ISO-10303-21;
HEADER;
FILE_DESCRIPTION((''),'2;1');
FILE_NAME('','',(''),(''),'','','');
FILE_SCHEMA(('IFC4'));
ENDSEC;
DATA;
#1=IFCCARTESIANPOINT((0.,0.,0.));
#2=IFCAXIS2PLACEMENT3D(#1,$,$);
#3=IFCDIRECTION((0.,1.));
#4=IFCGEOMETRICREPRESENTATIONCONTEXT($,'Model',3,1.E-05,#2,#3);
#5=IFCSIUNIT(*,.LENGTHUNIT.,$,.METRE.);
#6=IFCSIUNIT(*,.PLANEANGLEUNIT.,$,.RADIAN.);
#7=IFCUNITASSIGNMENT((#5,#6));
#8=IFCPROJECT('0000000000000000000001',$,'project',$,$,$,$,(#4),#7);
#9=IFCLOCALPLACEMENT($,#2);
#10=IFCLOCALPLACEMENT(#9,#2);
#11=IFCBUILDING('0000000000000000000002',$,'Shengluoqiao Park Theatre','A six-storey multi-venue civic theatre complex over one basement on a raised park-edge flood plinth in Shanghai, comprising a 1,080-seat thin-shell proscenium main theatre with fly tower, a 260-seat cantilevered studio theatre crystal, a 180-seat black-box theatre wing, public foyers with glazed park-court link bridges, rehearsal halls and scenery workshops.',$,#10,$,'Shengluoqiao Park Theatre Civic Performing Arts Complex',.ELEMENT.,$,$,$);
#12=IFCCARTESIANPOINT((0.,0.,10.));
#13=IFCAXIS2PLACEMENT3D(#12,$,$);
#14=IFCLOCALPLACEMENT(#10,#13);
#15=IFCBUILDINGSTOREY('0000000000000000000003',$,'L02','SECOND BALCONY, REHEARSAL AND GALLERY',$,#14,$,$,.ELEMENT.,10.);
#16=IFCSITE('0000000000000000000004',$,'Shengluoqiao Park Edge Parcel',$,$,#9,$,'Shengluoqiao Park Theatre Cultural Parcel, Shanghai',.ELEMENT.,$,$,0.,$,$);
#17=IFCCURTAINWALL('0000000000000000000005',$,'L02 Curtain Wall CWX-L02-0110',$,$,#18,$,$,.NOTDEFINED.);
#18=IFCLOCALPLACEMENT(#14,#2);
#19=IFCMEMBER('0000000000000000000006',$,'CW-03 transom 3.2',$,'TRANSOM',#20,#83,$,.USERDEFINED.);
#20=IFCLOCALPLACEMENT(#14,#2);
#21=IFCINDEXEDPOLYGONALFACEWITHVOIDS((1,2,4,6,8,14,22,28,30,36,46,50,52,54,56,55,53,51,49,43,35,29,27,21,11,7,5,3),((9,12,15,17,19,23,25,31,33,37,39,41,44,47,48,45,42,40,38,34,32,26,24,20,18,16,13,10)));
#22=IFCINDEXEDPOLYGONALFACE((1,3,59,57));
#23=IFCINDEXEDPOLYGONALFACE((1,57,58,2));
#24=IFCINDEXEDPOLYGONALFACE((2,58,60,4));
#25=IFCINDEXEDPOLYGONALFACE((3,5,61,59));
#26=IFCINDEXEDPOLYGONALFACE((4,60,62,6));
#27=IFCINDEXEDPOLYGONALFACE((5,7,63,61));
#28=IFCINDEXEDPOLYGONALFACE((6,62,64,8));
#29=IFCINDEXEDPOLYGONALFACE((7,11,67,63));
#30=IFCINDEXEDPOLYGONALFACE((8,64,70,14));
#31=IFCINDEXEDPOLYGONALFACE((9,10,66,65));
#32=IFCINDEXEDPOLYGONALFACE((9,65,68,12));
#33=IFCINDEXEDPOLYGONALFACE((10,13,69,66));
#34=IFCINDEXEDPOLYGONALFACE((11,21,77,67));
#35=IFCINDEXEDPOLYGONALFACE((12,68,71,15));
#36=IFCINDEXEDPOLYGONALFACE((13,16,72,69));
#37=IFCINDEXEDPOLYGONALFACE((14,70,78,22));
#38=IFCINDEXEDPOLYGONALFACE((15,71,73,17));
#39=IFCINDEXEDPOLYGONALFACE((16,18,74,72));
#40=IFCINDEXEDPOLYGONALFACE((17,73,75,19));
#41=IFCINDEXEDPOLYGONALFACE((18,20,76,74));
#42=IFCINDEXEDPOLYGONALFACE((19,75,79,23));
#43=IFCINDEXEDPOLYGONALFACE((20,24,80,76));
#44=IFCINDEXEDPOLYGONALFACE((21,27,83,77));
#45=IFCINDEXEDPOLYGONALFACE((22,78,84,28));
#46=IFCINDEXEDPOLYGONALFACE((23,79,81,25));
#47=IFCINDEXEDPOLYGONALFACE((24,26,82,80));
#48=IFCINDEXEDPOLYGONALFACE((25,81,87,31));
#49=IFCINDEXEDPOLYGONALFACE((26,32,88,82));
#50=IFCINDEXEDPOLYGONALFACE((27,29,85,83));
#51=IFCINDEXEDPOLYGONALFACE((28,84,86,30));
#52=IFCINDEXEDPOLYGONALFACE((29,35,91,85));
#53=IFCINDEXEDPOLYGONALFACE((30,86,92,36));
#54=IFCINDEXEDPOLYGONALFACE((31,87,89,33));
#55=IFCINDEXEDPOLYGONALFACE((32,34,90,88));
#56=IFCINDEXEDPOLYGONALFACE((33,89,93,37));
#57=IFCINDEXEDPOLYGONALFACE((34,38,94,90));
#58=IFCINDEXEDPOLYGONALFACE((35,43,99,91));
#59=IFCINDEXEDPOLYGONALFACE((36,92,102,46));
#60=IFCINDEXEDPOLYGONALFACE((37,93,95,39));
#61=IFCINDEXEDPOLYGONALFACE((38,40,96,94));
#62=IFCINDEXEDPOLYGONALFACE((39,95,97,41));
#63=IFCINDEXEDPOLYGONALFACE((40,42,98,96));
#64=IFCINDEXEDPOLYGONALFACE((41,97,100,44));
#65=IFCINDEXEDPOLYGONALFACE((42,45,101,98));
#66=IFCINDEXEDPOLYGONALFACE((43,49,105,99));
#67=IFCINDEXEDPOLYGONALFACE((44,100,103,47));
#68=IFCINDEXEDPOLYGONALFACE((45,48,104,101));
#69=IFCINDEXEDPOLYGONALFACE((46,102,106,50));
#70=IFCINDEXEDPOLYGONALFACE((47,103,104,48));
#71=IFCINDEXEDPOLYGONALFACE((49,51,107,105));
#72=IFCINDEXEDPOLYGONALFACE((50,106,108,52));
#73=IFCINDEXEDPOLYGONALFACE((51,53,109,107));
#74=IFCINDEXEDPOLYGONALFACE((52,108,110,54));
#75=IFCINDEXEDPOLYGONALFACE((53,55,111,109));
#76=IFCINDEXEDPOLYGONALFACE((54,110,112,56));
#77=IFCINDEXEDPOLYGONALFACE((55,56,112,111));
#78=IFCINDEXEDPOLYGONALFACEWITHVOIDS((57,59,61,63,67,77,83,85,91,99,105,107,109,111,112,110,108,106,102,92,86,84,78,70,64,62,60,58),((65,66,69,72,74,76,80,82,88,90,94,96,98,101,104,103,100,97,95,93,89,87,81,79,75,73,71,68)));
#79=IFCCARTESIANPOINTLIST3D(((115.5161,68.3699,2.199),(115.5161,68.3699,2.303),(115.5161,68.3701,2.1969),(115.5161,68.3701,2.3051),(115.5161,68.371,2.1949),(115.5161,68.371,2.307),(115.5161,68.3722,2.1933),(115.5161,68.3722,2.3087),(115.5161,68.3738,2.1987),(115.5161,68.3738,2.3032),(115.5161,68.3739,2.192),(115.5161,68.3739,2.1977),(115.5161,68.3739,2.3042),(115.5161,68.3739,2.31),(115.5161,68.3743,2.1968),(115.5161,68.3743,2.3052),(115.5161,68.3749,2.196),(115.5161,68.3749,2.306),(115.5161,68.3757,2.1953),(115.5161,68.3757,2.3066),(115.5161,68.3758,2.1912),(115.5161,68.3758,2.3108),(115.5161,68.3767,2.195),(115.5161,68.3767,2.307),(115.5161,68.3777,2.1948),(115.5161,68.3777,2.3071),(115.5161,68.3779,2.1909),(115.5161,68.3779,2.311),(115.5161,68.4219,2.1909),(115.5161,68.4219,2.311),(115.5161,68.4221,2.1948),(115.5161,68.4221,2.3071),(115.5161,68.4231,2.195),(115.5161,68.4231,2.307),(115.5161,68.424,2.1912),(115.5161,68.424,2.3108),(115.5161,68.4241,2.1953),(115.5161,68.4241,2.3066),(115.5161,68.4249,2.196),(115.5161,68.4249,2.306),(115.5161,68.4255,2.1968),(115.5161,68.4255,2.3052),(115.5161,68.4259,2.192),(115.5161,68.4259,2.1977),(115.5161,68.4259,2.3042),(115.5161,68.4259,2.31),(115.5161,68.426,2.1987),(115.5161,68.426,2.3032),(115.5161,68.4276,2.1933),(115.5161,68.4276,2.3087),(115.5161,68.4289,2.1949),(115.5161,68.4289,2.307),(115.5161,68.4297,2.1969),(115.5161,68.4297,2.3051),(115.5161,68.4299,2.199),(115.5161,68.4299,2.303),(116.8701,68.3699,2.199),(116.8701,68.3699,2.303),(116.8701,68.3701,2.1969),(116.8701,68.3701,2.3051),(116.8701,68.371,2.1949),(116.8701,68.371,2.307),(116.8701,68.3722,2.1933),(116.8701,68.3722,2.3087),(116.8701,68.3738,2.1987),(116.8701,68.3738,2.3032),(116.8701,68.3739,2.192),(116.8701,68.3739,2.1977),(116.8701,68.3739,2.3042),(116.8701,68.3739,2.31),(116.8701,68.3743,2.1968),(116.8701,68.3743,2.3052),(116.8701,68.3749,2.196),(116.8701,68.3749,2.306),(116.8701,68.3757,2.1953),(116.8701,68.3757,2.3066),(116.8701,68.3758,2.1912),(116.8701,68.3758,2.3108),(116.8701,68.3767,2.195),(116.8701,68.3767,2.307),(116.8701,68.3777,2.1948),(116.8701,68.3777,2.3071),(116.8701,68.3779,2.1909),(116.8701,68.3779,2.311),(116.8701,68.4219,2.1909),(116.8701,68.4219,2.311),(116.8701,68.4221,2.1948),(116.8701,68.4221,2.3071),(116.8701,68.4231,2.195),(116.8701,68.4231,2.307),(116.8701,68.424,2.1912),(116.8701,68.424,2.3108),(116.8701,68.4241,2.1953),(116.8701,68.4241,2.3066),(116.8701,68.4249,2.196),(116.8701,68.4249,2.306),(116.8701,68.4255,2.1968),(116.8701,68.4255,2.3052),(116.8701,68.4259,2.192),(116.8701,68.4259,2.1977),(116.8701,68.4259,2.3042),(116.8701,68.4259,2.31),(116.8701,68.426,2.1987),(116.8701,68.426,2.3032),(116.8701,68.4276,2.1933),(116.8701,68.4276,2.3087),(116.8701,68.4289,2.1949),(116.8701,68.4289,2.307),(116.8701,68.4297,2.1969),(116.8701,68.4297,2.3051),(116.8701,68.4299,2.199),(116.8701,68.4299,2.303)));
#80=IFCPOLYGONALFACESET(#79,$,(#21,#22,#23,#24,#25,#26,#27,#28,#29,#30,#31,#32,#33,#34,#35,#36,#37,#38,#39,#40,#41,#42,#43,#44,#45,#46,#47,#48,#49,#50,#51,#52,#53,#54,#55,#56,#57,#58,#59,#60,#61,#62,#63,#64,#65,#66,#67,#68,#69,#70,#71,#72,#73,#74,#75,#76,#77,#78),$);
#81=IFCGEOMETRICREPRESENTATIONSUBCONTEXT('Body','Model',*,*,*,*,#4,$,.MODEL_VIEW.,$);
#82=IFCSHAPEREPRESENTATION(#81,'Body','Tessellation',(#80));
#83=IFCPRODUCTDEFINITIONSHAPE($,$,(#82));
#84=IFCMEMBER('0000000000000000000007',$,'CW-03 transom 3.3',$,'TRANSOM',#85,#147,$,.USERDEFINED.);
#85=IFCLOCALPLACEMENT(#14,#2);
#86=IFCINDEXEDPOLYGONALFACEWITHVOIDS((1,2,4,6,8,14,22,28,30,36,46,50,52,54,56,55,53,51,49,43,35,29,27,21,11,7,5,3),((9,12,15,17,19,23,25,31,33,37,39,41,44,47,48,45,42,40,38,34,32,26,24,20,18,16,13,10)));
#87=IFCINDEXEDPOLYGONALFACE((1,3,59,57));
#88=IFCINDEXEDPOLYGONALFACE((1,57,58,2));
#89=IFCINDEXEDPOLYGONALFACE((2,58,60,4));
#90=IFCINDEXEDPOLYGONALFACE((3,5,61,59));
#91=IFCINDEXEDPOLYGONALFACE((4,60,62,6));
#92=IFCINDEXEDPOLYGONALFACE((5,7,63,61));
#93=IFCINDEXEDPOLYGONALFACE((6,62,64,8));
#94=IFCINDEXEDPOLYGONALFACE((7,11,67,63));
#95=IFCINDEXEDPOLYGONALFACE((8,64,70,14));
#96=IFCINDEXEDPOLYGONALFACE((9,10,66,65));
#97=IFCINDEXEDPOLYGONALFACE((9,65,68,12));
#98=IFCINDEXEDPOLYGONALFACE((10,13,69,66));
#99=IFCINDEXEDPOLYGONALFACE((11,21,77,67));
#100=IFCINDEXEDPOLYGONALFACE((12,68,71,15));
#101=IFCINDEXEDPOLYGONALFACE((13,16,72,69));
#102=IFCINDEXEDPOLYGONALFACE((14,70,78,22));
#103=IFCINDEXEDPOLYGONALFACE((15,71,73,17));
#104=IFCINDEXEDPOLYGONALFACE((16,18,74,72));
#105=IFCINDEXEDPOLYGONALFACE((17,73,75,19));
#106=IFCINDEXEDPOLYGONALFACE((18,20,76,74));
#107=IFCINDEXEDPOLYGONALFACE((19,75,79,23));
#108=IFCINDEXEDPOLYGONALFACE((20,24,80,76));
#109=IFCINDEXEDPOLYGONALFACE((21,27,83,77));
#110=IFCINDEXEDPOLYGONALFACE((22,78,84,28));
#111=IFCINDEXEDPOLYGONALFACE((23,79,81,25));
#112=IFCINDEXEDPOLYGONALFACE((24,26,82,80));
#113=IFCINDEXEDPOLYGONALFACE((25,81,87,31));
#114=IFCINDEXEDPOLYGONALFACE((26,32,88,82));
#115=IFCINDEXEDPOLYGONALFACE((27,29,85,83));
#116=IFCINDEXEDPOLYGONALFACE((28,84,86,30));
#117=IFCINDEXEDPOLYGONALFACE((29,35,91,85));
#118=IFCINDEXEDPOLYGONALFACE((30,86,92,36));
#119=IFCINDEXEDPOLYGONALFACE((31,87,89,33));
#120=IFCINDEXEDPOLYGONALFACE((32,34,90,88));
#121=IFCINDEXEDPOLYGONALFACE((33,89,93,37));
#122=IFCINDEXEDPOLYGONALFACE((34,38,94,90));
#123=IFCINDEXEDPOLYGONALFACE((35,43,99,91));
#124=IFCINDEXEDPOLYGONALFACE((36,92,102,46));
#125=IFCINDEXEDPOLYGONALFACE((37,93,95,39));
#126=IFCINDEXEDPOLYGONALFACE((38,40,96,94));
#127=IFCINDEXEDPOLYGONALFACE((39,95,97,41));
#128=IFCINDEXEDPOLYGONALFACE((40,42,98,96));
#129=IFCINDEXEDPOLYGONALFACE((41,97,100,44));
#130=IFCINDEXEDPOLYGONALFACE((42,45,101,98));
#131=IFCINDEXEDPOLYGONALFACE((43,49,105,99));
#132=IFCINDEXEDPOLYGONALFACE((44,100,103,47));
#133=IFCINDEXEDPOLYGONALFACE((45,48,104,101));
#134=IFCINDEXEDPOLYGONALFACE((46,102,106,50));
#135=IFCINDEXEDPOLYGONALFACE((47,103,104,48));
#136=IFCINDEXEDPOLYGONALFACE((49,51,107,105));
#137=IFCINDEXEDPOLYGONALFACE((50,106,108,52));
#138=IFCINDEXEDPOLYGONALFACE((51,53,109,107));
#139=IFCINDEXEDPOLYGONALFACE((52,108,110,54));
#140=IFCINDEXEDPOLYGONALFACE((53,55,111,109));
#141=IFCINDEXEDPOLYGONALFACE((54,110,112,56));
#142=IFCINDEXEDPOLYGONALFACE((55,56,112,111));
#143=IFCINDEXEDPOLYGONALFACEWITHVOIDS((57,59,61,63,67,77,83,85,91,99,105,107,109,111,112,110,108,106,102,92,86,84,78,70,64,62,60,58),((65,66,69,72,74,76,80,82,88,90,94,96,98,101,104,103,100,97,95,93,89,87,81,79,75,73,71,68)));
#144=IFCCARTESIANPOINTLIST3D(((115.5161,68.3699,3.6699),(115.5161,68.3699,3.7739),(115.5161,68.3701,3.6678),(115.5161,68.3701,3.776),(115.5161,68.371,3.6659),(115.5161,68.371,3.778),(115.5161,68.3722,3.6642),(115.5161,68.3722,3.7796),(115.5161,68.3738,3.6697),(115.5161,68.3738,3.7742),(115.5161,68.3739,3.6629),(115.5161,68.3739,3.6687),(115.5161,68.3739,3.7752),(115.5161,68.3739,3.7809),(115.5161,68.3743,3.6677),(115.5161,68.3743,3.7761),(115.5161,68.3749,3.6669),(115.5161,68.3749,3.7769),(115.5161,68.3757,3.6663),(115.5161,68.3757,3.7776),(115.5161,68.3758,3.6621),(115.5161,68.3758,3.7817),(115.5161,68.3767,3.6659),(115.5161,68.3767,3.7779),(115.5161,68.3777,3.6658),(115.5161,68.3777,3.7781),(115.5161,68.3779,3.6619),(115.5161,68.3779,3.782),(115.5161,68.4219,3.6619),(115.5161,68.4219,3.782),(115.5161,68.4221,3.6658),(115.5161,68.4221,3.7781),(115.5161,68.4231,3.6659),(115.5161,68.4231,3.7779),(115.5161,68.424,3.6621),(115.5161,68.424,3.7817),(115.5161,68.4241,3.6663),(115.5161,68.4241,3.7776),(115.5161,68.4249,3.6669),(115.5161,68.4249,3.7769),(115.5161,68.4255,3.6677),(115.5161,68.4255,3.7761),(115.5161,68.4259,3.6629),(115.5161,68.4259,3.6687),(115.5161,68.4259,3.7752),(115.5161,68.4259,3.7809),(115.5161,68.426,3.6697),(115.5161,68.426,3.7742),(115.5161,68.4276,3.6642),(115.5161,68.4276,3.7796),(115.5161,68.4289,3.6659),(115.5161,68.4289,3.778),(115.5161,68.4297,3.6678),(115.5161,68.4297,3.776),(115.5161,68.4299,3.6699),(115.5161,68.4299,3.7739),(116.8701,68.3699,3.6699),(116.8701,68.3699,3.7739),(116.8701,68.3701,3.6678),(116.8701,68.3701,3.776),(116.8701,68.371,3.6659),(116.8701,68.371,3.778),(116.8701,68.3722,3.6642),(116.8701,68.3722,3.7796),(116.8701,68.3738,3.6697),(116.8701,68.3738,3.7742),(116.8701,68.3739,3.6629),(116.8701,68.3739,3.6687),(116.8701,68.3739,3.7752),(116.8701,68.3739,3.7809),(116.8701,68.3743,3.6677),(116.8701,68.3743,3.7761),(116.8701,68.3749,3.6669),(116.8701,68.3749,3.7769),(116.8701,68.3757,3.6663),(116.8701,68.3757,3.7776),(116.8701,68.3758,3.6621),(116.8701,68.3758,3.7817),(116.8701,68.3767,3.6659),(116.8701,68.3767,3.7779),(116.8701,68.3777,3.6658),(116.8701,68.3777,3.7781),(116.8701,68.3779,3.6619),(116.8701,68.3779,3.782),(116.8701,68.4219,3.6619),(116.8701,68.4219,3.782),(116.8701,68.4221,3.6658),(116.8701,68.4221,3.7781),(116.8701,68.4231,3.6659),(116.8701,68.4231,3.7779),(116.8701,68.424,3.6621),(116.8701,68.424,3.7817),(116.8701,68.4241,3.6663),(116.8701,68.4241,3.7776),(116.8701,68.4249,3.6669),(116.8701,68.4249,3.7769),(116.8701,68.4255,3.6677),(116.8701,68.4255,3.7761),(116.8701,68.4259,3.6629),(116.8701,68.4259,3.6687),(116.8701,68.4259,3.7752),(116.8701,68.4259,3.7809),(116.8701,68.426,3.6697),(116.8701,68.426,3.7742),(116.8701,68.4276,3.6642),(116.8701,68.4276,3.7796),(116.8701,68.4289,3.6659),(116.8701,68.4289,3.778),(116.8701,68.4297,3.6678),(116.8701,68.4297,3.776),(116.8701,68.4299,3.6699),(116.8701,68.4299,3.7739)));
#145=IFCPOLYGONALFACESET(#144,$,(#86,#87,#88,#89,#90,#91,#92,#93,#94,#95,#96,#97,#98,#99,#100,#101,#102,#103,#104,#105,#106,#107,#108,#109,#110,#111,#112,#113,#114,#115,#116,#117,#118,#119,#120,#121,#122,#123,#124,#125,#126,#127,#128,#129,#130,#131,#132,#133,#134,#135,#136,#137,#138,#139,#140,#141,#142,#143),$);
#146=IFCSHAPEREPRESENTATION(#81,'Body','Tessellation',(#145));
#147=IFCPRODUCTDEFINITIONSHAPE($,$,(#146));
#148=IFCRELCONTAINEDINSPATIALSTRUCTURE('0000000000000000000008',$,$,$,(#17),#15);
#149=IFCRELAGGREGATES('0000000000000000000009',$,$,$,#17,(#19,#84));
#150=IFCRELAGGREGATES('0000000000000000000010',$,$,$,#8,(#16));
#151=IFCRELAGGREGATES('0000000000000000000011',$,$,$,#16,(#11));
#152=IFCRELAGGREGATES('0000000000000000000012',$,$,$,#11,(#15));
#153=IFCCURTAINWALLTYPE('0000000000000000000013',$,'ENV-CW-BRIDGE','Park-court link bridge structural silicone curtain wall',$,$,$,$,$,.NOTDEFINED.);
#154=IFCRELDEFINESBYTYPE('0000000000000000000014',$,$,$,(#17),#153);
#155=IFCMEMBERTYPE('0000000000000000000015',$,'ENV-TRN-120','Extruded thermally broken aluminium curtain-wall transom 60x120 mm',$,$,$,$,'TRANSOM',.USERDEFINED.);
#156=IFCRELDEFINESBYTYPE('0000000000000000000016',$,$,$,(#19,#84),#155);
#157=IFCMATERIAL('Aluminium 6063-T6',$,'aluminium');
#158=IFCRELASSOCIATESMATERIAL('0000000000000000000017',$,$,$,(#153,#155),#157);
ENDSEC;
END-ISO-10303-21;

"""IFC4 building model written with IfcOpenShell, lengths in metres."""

from ifc_helpers import new_model, si_unit, direction, frame, origin, origin_2d, place, context, subcontext, project, spatial, hollow_rectangle, extrude, material, material_profile, profile_set, type_object, element, aggregate, save


model = new_model("IFC4")

# Units and contexts
model_context = context("Model", 3, precision=1e-05, world=origin(), true_north=direction((0.0, 1.0)))
body_context = subcontext(model_context, "Body", "Model", "MODEL_VIEW")
ifc_project = project(units=[si_unit("LENGTHUNIT", "METRE"), si_unit("PLANEANGLEUNIT", "RADIAN")], contexts=[model_context])

# Site, building, storey
site_placement = place(None, origin())
site = spatial("IfcSite", under=ifc_project, at=site_placement, Name="Shengluoqiao Park Edge Parcel", LongName="Shengluoqiao Park Theatre Cultural Parcel, Shanghai", CompositionType="ELEMENT", RefElevation=0.0)
building_placement = place(site_placement, origin())
building = spatial("IfcBuilding", under=site, at=building_placement, Name="Shengluoqiao Park Theatre", Description="A six-storey multi-venue civic theatre complex over one basement on a raised park-edge flood plinth in Shanghai, comprising a 1,080-seat thin-shell proscenium main theatre with fly tower, a 260-seat cantilevered studio theatre crystal, a 180-seat black-box theatre wing, public foyers with glazed park-court link bridges, rehearsal halls and scenery workshops.", LongName="Shengluoqiao Park Theatre Civic Performing Arts Complex", CompositionType="ELEMENT")
storey_placement = place(building_placement, frame((0.0, 0.0, 10.0)))
storey = spatial("IfcBuildingStorey", under=building, at=storey_placement, Name="L02", Description="SECOND BALCONY, REHEARSAL AND GALLERY", CompositionType="ELEMENT", Elevation=10.0)

# Curtain wall, members
ifc_material_1 = material(Name="Aluminium 6063-T6", Category="aluminium")
curtain_wall_type = type_object("IfcCurtainWallType", Name="ENV-CW-BRIDGE", Description="Park-court link bridge structural silicone curtain wall", PredefinedType="NOTDEFINED", material=ifc_material_1)
curtain_wall_placement = place(storey_placement, origin())
curtain_wall = element("IfcCurtainWall", 1, at=curtain_wall_placement, inside=storey, type_object=curtain_wall_type, Name="L02 Curtain Wall CWX-L02-0110", PredefinedType="NOTDEFINED")
ifc_material_profile_1 = material_profile(ifc_material_1, hollow_rectangle(XDim=0.0601, YDim=0.1201, WallThickness=0.0039, InnerFilletRadius=0.0039, OuterFilletRadius=0.0081, at=origin_2d()), Name="ALU TRANSOM 120x60x4")
ifc_profile_set_1 = profile_set([ifc_material_profile_1], Name="Aluminium 6063-T6")
member_type_1 = type_object("IfcMemberType", Name="ENV-TRN-120", Description="Extruded thermally broken aluminium curtain-wall transom 60x120 mm", ElementType="TRANSOM", PredefinedType="USERDEFINED", material=ifc_profile_set_1)
member_1_placement = place(storey_placement, frame((115.5161, 68.3999, 2.251), z_axis=(1.0, 0.0, 0.0), x_axis=(0.0, 1.0, 0.0)))
member_1 = element("IfcMember", 2, at=member_1_placement, type_object=member_type_1, Name="CW-03 transom 3.2", ObjectType="TRANSOM", PredefinedType="USERDEFINED", context=body_context, shape_type="SweptSolid", body=[
    extrude(hollow_rectangle(XDim=0.0601, YDim=0.1201, WallThickness=0.0039, InnerFilletRadius=0.0039, OuterFilletRadius=0.0081, at=origin_2d()), origin(), (0.0, 0.0, 1.0), 1.354),
])
member_2_placement = place(storey_placement, frame((115.5161, 68.3999, 3.7219), z_axis=(1.0, 0.0, 0.0), x_axis=(0.0, 1.0, 0.0)))
member_2 = element("IfcMember", 3, at=member_2_placement, type_object=member_type_1, Name="CW-03 transom 3.3", ObjectType="TRANSOM", PredefinedType="USERDEFINED", context=body_context, shape_type="SweptSolid", body=[
    extrude(hollow_rectangle(XDim=0.0601, YDim=0.1201, WallThickness=0.0039, InnerFilletRadius=0.0039, OuterFilletRadius=0.0081, at=origin_2d()), origin(), (0.0, 0.0, 1.0), 1.354),
])

aggregate(curtain_wall, [member_1, member_2])

save(model, "model.ifc")
